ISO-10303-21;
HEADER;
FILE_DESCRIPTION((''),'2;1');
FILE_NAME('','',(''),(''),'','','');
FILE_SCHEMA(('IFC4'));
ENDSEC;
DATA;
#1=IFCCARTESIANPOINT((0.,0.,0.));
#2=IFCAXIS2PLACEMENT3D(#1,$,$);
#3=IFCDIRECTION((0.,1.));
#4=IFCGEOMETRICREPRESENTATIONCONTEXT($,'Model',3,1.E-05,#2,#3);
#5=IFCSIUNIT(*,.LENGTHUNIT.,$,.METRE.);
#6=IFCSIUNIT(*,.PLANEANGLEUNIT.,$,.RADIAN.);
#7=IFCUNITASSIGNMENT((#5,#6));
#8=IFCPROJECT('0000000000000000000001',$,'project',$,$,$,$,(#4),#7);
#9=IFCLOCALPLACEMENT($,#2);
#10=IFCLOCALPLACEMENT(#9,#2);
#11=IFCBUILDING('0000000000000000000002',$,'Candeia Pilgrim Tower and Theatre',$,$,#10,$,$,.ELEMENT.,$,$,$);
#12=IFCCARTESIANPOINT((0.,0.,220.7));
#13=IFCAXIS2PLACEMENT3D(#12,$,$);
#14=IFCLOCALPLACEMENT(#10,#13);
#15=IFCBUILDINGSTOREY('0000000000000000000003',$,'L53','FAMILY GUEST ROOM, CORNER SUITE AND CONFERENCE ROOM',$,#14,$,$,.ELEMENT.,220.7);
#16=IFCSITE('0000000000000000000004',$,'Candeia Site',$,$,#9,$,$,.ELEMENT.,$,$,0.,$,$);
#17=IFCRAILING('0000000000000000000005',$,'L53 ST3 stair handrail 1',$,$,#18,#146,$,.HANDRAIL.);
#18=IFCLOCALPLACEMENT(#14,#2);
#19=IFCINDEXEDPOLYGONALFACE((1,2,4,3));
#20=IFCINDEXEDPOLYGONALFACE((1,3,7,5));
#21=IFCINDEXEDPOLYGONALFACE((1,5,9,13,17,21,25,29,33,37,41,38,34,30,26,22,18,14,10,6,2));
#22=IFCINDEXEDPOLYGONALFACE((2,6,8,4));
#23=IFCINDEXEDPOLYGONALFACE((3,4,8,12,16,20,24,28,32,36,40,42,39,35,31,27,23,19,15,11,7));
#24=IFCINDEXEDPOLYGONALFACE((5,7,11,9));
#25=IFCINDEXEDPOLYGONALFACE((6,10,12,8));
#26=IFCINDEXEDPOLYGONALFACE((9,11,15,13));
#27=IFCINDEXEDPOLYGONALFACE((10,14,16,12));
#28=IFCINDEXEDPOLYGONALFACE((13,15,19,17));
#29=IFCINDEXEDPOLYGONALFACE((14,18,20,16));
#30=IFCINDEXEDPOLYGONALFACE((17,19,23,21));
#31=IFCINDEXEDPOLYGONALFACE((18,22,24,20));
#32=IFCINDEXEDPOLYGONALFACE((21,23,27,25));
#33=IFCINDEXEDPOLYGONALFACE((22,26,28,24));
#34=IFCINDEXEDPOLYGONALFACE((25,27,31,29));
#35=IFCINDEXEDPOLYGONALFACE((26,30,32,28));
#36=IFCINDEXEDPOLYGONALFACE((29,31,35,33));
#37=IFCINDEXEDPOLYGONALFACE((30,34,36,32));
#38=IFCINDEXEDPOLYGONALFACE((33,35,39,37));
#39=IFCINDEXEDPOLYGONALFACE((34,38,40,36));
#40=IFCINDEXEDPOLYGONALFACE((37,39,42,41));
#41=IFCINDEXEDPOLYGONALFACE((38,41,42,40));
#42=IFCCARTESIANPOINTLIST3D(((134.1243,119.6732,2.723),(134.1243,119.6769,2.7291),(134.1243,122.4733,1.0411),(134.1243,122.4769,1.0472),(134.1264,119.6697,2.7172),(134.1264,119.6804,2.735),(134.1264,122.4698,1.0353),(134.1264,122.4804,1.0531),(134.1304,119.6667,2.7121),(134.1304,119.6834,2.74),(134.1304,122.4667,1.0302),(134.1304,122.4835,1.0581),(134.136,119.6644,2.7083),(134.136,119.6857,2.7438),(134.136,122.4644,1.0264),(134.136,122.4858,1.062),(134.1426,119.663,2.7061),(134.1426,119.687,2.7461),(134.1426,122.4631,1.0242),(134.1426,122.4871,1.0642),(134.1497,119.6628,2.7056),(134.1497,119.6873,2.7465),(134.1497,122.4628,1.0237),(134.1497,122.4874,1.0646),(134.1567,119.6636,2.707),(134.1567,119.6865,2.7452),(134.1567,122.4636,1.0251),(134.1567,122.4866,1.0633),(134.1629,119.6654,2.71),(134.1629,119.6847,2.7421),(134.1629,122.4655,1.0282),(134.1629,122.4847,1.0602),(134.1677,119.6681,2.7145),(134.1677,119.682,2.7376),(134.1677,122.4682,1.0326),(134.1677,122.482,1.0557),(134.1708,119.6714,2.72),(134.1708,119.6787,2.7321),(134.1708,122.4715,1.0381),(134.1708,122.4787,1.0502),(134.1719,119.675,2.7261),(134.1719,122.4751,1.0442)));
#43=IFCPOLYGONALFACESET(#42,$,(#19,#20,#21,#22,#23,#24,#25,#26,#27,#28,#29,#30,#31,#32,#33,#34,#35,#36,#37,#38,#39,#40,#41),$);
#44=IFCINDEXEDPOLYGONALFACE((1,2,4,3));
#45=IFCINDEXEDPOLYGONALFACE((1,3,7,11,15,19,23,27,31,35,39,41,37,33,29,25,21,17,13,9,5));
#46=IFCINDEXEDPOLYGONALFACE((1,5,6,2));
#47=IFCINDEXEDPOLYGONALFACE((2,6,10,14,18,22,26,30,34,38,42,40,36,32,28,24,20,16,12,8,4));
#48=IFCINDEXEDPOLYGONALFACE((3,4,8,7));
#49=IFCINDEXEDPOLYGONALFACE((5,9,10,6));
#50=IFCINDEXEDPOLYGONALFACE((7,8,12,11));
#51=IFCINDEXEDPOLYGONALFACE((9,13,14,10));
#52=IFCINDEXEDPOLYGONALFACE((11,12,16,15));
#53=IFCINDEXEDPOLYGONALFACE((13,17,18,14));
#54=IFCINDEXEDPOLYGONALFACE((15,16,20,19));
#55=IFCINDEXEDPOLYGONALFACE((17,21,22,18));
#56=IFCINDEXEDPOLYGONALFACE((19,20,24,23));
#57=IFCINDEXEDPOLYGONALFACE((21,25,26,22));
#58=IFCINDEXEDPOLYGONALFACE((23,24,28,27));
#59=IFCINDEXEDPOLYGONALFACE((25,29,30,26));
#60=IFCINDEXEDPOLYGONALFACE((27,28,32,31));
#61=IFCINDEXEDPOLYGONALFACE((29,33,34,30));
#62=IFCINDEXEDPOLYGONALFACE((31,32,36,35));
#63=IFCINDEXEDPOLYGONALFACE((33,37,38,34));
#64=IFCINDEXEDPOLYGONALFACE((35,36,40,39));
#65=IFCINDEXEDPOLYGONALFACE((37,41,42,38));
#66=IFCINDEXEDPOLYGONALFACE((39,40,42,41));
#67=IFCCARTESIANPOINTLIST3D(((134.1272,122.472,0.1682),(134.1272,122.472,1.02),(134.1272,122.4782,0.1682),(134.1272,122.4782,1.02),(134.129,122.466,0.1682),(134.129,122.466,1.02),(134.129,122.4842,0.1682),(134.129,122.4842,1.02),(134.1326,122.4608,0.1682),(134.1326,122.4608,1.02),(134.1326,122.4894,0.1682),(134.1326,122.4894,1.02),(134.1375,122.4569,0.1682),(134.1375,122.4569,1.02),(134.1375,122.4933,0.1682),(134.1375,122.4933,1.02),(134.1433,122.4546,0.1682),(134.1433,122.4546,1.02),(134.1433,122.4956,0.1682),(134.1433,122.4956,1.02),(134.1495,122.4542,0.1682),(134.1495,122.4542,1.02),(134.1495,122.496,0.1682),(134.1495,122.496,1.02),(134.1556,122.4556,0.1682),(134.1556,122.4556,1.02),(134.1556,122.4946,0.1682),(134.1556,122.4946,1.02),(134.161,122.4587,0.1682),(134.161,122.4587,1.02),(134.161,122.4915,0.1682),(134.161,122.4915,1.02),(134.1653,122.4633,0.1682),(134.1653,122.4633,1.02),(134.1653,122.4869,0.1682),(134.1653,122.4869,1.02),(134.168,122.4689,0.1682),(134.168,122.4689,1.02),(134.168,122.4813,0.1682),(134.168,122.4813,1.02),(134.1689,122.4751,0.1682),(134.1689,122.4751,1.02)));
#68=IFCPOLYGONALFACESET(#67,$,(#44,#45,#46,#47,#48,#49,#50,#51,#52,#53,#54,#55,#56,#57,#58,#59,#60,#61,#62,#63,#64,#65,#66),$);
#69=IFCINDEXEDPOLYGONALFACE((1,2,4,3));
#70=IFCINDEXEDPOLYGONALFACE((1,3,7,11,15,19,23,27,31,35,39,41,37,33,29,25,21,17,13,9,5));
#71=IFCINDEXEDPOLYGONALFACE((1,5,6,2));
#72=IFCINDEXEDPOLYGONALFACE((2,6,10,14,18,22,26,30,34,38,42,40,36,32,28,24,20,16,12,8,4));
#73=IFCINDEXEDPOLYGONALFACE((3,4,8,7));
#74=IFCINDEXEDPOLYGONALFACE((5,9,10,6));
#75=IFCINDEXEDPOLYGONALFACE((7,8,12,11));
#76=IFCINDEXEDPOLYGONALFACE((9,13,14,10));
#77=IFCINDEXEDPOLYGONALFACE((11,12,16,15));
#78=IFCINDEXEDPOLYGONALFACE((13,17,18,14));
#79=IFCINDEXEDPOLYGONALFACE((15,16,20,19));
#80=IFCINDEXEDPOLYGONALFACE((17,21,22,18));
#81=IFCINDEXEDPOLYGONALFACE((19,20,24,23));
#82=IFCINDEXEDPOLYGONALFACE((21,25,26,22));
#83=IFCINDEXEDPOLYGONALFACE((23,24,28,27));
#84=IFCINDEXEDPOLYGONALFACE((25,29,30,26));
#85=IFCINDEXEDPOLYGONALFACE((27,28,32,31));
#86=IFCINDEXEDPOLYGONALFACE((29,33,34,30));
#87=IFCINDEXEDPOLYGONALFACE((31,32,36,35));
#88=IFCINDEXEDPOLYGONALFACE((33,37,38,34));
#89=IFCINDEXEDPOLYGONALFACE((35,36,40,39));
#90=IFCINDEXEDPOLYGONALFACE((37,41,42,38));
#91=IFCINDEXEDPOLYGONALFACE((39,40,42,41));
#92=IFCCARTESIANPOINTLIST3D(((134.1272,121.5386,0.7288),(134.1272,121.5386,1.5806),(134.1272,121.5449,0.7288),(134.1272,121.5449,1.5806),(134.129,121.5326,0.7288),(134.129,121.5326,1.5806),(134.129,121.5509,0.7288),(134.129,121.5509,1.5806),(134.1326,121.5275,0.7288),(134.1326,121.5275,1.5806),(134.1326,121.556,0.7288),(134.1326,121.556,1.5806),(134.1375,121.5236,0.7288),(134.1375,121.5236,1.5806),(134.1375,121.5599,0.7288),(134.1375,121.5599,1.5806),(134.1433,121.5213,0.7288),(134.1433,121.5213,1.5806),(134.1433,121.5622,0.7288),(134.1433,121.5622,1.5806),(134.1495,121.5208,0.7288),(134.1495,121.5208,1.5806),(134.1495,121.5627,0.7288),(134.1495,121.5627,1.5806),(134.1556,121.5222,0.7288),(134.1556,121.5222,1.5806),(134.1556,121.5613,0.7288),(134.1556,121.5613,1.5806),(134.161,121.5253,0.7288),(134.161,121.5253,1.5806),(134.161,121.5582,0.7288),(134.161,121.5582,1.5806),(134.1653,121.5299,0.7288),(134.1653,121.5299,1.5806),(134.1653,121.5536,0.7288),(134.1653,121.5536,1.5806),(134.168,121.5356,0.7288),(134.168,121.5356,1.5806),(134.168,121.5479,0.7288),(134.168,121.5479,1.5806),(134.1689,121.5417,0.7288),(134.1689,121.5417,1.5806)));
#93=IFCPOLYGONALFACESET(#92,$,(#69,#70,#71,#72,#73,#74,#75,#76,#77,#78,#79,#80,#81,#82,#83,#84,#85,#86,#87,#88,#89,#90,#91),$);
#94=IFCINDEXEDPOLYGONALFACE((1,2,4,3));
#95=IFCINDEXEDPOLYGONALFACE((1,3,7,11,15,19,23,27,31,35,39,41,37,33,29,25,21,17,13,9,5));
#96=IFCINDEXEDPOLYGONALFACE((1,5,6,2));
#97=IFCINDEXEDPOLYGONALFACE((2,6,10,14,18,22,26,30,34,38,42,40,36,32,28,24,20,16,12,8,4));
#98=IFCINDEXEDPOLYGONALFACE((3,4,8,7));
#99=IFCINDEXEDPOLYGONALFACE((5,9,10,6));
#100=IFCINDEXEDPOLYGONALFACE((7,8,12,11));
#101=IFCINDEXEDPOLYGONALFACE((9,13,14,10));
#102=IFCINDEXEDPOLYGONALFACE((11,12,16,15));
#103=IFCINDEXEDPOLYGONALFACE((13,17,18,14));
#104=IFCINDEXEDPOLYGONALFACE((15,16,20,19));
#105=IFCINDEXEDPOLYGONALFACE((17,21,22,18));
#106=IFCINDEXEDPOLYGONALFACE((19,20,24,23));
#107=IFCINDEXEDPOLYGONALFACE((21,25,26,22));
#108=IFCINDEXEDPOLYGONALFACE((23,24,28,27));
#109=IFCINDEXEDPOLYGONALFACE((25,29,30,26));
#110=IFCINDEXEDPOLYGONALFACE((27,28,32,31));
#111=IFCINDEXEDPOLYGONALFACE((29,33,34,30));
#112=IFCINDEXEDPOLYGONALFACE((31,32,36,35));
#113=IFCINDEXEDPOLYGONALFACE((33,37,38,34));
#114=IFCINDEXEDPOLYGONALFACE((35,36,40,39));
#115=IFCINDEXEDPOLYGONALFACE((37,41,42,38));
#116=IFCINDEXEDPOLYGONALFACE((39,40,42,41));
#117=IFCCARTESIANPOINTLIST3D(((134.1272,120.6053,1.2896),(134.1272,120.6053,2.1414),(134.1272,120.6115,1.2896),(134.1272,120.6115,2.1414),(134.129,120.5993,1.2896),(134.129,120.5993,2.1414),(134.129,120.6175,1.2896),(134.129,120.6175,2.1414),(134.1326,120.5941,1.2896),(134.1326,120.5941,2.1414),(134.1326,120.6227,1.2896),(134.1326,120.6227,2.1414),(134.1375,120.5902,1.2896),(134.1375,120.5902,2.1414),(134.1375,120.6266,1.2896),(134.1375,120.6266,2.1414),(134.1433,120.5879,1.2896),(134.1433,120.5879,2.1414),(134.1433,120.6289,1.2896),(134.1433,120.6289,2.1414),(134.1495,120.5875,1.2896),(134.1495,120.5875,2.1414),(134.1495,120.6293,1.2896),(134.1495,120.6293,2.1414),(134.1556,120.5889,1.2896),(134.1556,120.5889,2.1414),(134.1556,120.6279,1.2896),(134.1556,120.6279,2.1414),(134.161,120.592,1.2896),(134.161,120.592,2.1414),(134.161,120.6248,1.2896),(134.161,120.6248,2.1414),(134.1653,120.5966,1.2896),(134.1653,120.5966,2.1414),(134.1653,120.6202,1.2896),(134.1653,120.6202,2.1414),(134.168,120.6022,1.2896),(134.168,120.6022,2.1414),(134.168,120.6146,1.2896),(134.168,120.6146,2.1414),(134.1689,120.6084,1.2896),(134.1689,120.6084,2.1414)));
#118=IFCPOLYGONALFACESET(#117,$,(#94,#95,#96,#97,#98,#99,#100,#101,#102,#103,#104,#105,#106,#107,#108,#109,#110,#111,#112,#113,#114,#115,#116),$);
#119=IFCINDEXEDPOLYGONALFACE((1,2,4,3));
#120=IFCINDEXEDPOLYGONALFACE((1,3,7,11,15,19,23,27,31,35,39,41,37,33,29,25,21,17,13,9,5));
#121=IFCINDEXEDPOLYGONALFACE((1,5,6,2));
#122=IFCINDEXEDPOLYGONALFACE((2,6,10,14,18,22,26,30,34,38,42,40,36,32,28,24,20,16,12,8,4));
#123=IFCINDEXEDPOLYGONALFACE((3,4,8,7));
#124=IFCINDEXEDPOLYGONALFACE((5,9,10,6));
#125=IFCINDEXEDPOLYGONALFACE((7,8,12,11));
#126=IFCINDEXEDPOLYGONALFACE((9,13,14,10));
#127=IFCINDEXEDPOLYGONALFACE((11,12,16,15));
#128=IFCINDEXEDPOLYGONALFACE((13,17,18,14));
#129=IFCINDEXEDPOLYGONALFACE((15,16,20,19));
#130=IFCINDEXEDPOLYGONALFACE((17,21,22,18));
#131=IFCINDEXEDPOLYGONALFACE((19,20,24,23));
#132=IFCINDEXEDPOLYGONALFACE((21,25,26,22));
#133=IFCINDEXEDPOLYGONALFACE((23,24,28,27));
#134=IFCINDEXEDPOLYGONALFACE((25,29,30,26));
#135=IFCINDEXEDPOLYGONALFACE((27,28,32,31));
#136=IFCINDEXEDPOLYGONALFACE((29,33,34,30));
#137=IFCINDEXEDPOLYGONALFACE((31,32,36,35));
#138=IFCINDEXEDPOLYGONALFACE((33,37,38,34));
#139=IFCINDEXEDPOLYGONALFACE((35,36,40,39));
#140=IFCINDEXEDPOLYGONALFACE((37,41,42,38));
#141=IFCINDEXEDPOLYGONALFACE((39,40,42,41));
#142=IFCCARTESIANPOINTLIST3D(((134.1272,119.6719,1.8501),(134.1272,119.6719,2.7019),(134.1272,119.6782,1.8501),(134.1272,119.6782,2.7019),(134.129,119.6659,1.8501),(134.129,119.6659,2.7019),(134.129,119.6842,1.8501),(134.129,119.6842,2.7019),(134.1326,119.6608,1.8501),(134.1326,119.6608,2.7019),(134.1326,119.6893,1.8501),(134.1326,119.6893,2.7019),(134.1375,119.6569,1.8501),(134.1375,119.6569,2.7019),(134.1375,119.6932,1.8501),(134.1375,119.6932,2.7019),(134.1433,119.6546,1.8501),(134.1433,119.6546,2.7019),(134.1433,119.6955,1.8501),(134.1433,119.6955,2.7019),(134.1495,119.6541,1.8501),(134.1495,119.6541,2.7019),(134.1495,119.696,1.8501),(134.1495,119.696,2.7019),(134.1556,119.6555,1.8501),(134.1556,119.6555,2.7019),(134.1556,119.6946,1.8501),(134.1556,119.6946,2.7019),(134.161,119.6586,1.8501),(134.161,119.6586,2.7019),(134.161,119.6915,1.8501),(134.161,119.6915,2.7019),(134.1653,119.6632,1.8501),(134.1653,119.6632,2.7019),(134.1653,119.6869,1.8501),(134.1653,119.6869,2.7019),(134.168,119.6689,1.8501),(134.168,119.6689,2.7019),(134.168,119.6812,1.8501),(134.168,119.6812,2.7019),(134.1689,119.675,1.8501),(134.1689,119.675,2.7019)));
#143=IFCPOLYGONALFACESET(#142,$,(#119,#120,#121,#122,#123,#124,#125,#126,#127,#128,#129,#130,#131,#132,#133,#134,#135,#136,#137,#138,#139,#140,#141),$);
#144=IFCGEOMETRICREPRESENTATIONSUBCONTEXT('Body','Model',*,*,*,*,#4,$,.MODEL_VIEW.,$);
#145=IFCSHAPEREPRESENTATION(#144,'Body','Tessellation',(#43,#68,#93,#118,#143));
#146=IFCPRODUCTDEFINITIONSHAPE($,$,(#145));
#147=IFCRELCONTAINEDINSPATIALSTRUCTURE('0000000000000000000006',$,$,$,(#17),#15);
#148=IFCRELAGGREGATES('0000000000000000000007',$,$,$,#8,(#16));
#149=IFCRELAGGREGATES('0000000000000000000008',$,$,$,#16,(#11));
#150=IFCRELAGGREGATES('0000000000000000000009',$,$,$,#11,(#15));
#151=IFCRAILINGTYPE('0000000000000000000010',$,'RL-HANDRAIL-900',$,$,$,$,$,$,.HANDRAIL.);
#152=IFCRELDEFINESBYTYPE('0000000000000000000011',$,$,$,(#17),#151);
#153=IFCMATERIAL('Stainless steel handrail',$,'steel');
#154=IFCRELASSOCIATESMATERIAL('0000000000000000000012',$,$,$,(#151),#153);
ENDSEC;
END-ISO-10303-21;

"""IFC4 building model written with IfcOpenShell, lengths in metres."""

from ifc_helpers import new_model, si_unit, direction, frame, origin, origin_2d, place, context, subcontext, project, spatial, circle, extrude, material, type_object, element, save


model = new_model("IFC4")

# Units and contexts
model_context = context("Model", 3, precision=1e-05, world=origin(), true_north=direction((0.0, 1.0)))
body_context = subcontext(model_context, "Body", "Model", "MODEL_VIEW")
ifc_project = project(units=[si_unit("LENGTHUNIT", "METRE"), si_unit("PLANEANGLEUNIT", "RADIAN")], contexts=[model_context])

# Site, building, storey
site_placement = place(None, origin())
site = spatial("IfcSite", under=ifc_project, at=site_placement, Name="Candeia Site", CompositionType="ELEMENT", RefElevation=0.0)
building_placement = place(site_placement, origin())
building = spatial("IfcBuilding", under=site, at=building_placement, Name="Candeia Pilgrim Tower and Theatre", CompositionType="ELEMENT")
storey_placement = place(building_placement, frame((0.0, 0.0, 220.7)))
storey = spatial("IfcBuildingStorey", under=building, at=storey_placement, Name="L53", Description="FAMILY GUEST ROOM, CORNER SUITE AND CONFERENCE ROOM", CompositionType="ELEMENT", Elevation=220.7)

# Railing
ifc_material_1 = material(Name="Stainless steel handrail", Category="steel")
railing_type_1 = type_object("IfcRailingType", Name="RL-HANDRAIL-900", PredefinedType="HANDRAIL", material=ifc_material_1)
railing_1_placement = place(storey_placement, frame((134.1479, 122.4751, 0.1682)))
element("IfcRailing", 1, at=railing_1_placement, inside=storey, type_object=railing_type_1, Name="L53 ST3 stair handrail 1", PredefinedType="HANDRAIL", context=body_context, shape_type="SweptSolid", body=[
    extrude(circle(Radius=0.0239, at=origin_2d()), frame((0.0, 0.0, 0.876), z_axis=(0.0, -0.857242, 0.514913), x_axis=(1.0, 0.0, 0.0)), (0.0, 0.0, 1.0), 3.2664),
    extrude(circle(Radius=0.021, at=origin_2d()), origin(), (0.0, 0.0, 1.0), 0.8518),
    extrude(circle(Radius=0.021, at=origin_2d()), frame((0.0, -0.9333, 0.5605)), (0.0, 0.0, 1.0), 0.8518),
    extrude(circle(Radius=0.021, at=origin_2d()), frame((0.0, -1.8667, 1.1213)), (0.0, 0.0, 1.0), 0.8518),
    extrude(circle(Radius=0.021, at=origin_2d()), frame((0.0, -2.8, 1.6819)), (0.0, 0.0, 1.0), 0.8518),
])

save(model, "model.ifc")
